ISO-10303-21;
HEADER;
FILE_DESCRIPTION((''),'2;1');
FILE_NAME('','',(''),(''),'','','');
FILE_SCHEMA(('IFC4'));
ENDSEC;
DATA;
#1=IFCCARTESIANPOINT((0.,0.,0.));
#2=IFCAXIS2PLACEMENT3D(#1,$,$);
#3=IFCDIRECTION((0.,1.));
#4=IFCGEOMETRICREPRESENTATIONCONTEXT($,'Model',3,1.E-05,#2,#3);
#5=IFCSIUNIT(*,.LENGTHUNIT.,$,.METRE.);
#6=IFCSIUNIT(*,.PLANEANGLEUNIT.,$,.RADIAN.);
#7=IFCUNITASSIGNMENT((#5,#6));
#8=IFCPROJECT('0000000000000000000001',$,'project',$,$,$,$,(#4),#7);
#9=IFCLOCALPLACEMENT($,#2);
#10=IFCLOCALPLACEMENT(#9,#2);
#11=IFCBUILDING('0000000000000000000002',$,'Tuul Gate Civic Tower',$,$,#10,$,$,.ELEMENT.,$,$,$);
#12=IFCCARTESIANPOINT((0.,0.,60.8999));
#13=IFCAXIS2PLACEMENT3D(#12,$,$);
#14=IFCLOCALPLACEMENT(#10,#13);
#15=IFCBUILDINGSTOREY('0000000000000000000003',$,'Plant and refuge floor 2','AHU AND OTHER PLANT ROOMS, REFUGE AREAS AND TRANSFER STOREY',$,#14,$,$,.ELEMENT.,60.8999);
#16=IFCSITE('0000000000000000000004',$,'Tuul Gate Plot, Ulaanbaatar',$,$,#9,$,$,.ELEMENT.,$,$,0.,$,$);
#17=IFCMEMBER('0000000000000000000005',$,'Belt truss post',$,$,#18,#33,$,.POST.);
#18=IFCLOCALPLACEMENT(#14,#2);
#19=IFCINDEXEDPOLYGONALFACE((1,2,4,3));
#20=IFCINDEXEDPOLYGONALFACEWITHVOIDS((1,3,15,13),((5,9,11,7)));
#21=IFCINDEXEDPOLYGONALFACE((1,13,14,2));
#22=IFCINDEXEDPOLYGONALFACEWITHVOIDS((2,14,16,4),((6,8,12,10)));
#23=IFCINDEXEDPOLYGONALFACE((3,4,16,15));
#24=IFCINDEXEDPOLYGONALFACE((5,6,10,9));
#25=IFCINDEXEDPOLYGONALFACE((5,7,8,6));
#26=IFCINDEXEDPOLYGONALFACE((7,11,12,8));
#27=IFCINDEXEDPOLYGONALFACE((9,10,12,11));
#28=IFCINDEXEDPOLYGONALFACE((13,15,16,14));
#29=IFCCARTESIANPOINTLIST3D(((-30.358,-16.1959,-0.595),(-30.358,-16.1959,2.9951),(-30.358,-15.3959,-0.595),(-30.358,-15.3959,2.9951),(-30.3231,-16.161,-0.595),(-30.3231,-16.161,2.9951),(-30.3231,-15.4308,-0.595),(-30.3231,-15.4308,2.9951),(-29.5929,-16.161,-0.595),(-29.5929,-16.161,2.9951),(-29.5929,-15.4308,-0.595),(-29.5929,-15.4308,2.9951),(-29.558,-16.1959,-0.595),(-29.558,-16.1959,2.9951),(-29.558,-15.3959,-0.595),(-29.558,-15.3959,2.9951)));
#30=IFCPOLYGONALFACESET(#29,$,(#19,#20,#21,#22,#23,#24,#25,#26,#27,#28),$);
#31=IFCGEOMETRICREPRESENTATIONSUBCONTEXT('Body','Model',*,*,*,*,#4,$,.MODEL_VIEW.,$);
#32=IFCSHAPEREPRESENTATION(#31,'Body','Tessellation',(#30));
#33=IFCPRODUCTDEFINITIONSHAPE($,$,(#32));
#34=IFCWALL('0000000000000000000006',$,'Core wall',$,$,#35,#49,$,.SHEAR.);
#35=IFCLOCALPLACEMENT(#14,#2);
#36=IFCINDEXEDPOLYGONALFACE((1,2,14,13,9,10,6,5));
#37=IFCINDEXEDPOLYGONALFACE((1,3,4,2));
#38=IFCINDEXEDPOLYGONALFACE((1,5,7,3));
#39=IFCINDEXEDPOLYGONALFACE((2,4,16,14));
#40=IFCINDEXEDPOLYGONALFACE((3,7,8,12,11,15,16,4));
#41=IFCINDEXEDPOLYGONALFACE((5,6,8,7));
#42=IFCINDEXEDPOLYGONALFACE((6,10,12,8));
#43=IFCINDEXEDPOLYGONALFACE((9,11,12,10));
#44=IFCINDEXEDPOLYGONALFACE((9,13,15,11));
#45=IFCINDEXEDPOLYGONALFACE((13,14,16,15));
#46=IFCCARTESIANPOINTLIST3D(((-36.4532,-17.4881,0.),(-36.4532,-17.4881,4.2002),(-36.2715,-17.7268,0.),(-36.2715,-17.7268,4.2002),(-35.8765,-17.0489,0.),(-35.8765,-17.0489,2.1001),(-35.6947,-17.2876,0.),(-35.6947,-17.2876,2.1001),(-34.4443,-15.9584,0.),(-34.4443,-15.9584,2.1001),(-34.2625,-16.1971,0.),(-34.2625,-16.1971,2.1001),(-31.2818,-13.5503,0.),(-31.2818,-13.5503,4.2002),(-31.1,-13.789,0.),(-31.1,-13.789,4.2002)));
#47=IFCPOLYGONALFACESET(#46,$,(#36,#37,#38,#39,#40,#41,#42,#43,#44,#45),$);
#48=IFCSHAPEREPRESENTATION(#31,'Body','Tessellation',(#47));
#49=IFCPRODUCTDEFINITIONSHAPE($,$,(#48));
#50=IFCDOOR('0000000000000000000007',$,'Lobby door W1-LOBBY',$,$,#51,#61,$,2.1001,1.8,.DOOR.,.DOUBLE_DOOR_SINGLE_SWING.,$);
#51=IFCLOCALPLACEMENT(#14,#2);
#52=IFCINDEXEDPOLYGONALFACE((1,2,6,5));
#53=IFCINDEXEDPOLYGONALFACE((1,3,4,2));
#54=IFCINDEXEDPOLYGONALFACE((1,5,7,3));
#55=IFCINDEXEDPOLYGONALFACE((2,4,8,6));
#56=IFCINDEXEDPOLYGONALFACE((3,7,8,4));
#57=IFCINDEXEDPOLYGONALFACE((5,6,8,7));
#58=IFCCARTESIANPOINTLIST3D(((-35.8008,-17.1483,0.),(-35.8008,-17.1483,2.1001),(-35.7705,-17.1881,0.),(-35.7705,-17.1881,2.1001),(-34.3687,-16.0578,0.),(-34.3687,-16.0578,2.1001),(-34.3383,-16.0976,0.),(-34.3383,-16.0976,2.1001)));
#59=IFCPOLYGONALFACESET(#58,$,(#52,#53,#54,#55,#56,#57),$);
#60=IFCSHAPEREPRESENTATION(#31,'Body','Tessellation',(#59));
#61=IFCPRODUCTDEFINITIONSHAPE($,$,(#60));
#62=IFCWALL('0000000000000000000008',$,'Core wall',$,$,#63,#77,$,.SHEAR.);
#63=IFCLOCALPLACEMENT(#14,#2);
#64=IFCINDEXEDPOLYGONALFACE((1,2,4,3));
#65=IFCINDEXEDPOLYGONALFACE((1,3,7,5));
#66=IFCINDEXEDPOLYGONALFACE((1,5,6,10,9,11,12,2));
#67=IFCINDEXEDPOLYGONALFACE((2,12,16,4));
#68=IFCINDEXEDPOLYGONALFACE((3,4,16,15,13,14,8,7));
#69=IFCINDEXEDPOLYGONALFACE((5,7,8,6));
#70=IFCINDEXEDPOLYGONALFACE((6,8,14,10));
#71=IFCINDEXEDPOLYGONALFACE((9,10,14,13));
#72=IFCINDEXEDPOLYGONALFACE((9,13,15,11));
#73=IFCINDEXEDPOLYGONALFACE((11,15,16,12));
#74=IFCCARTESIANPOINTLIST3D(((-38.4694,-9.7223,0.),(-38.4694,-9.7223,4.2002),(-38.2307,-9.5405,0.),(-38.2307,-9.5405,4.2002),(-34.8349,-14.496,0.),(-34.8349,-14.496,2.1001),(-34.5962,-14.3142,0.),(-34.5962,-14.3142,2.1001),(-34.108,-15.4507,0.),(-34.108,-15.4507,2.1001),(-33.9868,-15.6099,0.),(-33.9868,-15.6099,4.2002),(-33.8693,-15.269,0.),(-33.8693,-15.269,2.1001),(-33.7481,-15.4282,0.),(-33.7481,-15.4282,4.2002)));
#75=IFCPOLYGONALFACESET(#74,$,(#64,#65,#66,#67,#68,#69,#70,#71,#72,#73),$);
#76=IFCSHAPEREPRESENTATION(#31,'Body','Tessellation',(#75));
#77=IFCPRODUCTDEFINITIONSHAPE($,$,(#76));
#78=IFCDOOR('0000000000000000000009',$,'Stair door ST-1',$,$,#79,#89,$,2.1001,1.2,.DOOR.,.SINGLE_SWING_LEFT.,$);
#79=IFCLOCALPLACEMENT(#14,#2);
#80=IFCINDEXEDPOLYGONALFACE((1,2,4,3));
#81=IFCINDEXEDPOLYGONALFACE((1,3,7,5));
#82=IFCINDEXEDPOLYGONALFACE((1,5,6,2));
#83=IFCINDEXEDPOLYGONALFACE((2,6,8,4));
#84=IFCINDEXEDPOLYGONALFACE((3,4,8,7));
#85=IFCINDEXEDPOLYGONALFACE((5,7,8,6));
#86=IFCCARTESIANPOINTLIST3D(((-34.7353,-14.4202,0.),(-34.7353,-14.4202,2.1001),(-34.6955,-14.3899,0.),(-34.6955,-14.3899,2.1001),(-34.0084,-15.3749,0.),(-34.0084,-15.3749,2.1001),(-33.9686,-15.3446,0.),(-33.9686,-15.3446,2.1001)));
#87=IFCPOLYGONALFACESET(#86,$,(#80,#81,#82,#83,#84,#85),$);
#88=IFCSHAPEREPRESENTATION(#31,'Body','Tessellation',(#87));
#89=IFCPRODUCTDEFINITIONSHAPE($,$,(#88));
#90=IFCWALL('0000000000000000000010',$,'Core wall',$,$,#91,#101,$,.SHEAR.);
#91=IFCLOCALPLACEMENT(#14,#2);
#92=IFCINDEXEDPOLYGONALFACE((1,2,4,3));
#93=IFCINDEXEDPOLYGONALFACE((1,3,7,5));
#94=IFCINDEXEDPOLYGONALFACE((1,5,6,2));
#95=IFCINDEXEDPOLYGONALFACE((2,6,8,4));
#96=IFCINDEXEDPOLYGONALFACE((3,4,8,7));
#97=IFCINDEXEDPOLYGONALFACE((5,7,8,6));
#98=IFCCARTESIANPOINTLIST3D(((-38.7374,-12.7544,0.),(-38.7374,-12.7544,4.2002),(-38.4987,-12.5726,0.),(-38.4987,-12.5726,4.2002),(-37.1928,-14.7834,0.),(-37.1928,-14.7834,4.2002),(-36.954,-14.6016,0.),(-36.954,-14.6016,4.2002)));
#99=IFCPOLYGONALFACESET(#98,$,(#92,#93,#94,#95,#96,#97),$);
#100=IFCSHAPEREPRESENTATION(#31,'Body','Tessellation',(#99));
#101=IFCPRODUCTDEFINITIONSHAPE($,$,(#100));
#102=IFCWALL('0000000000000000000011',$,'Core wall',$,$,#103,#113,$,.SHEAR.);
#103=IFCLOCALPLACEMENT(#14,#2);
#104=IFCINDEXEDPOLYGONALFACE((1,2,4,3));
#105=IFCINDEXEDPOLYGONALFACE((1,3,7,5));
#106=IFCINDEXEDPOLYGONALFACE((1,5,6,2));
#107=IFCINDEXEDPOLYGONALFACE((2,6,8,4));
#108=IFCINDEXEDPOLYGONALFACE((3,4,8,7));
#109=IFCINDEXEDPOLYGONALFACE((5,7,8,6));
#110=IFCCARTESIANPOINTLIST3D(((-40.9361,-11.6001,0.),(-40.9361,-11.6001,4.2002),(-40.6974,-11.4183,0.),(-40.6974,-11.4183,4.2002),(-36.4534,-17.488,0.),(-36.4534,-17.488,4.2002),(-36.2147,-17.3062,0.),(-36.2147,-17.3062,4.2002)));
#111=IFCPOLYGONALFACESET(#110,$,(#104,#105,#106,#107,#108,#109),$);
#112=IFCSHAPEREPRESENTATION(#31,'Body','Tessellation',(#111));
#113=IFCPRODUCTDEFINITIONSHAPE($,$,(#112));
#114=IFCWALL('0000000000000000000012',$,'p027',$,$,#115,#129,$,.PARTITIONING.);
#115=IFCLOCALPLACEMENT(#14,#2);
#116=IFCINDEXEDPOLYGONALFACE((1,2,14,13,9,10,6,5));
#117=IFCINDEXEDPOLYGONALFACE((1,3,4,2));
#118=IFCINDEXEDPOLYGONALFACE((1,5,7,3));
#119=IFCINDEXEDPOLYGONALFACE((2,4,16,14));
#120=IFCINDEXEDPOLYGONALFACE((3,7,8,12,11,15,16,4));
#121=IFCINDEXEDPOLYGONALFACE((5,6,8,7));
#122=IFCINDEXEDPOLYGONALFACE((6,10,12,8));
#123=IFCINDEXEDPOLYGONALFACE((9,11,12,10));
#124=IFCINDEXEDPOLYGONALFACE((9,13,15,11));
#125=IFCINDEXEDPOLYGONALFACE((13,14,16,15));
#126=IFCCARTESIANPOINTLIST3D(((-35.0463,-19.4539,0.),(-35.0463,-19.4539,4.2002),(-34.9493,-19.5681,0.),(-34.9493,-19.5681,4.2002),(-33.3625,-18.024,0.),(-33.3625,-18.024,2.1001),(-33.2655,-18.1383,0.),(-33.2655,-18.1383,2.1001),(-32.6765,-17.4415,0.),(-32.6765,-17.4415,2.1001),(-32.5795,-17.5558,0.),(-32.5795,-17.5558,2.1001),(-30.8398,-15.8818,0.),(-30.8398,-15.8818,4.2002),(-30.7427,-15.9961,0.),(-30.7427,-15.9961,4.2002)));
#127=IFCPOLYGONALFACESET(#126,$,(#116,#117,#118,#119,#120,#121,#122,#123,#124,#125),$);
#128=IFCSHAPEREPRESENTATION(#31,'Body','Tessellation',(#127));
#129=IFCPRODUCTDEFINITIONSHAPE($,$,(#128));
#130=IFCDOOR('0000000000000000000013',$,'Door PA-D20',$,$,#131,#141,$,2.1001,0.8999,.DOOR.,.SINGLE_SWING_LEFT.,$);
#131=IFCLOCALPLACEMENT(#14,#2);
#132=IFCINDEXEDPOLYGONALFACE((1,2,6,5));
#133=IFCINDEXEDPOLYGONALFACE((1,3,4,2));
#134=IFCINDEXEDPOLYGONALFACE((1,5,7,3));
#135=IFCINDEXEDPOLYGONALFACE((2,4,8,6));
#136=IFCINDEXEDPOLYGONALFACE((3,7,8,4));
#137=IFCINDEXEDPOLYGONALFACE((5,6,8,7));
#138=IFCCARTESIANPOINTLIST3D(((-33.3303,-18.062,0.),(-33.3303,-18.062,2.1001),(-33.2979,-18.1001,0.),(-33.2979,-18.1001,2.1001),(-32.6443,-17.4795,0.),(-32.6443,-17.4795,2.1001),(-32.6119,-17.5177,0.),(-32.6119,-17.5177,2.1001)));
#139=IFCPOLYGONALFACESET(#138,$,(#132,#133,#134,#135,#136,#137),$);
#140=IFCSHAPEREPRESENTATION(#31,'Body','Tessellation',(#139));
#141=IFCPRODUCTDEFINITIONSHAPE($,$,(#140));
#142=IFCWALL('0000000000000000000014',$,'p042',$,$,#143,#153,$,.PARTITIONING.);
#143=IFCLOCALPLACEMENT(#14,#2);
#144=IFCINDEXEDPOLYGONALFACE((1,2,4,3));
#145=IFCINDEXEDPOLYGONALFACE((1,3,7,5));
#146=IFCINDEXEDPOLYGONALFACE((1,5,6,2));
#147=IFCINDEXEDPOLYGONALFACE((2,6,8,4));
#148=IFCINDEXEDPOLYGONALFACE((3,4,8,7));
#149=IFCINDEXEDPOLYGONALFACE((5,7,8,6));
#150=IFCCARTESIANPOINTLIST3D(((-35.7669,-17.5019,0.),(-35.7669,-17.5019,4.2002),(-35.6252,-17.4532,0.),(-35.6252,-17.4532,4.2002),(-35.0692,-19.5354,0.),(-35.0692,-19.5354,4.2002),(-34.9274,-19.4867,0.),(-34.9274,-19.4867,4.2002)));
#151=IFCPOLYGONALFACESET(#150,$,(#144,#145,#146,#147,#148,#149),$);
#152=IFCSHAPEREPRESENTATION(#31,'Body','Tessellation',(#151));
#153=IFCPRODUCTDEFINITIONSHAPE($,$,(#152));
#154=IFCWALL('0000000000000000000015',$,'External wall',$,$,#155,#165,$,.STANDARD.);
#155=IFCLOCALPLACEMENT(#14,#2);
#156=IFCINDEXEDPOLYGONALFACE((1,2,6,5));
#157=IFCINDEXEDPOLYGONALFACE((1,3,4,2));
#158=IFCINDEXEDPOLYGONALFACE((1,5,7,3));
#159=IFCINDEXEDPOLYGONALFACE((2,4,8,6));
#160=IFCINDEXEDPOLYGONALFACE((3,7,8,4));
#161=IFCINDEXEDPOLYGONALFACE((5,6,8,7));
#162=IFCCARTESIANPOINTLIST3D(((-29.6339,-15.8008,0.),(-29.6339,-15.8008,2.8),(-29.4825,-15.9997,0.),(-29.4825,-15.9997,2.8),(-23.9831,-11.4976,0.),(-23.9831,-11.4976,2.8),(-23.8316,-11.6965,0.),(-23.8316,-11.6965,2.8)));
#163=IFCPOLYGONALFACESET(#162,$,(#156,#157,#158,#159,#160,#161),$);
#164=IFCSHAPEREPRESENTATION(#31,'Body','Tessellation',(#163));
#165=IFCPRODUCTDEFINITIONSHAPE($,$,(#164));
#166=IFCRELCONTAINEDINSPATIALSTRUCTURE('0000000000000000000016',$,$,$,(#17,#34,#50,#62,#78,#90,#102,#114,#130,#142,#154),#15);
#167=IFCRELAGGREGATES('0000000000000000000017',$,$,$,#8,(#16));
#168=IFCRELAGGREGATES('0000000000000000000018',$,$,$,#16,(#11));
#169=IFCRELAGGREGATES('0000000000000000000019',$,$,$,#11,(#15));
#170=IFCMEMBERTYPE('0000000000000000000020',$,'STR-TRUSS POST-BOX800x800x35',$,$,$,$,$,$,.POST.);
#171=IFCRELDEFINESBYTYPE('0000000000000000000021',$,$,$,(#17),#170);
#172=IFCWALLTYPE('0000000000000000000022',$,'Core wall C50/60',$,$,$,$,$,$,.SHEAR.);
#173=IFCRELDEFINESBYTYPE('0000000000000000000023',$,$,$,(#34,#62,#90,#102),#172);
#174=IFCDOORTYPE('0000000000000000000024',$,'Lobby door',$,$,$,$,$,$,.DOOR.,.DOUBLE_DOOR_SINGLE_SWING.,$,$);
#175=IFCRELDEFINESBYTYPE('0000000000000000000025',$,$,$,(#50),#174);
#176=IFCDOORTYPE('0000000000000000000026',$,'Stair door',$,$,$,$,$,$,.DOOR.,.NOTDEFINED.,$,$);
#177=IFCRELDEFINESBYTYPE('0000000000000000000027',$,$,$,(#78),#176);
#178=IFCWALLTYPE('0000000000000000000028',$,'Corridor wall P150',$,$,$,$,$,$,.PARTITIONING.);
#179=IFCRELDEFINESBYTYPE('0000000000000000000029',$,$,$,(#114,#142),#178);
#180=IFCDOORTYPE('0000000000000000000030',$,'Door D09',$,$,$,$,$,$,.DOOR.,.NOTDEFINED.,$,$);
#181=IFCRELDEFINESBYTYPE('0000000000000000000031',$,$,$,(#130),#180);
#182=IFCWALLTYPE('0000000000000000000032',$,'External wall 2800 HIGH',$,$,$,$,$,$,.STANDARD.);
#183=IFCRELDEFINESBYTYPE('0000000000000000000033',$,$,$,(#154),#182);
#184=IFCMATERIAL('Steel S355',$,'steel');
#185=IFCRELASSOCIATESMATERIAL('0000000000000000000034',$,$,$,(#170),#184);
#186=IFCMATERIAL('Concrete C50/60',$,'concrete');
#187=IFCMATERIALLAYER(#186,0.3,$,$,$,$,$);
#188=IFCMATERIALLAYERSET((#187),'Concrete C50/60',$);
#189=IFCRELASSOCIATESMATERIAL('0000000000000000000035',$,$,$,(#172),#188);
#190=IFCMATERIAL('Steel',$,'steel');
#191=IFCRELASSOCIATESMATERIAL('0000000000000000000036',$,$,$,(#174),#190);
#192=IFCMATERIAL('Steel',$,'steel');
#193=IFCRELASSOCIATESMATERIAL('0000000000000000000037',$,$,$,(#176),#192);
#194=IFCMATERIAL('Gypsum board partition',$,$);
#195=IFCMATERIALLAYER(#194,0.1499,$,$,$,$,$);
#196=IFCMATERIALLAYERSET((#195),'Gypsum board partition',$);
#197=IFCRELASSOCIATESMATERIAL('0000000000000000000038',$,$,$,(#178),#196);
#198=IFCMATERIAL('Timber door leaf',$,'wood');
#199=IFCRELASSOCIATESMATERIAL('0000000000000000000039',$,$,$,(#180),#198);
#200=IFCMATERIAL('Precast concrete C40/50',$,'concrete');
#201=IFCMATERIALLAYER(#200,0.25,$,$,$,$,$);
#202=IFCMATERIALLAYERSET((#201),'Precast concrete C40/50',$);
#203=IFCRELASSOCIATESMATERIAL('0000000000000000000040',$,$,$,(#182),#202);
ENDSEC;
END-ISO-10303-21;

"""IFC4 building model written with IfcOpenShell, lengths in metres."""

from ifc_helpers import new_model, si_unit, direction, frame, frame_2d, origin, origin_2d, place, context, subcontext, project, spatial, rectangle, hollow_rectangle, extrude, material, layer, layer_set, material_profile, profile_set, type_object, element, fill, save


model = new_model("IFC4")

# Units and contexts
model_context = context("Model", 3, precision=1e-05, world=origin(), true_north=direction((0.0, 1.0)))
body_context = subcontext(model_context, "Body", "Model", "MODEL_VIEW")
ifc_project = project(units=[si_unit("LENGTHUNIT", "METRE"), si_unit("PLANEANGLEUNIT", "RADIAN")], contexts=[model_context])

# Site, building, storey
site_placement = place(None, origin())
site = spatial("IfcSite", under=ifc_project, at=site_placement, Name="Tuul Gate Plot, Ulaanbaatar", CompositionType="ELEMENT", RefElevation=0.0)
building_placement = place(site_placement, origin())
building = spatial("IfcBuilding", under=site, at=building_placement, Name="Tuul Gate Civic Tower", CompositionType="ELEMENT")
storey_placement = place(building_placement, frame((0.0, 0.0, 60.8999)))
storey = spatial("IfcBuildingStorey", under=building, at=storey_placement, Name="Plant and refuge floor 2", Description="AHU AND OTHER PLANT ROOMS, REFUGE AREAS AND TRANSFER STOREY", CompositionType="ELEMENT", Elevation=60.8999)

# Member
ifc_material_1 = material(Name="Steel S355", Category="steel")
ifc_material_profile_1 = material_profile(ifc_material_1, hollow_rectangle(XDim=0.8, YDim=0.8, WallThickness=0.0349, at=origin_2d()), Name="BOX800x800x35")
ifc_profile_set_1 = profile_set([ifc_material_profile_1], Name="Steel S355")
member_type_1 = type_object("IfcMemberType", Name="STR-TRUSS POST-BOX800x800x35", PredefinedType="POST", material=ifc_profile_set_1)
member_1_placement = place(storey_placement, frame((-29.958, -15.7959, -0.595), z_axis=(0.0, 0.0, 1.0), x_axis=(1.0, 0.0, 0.0)))
element("IfcMember", 1, at=member_1_placement, inside=storey, type_object=member_type_1, Name="Belt truss post", PredefinedType="POST", context=body_context, shape_type="SweptSolid", body=[
    extrude(hollow_rectangle(XDim=0.8, YDim=0.8, WallThickness=0.0349, at=origin_2d()), origin(), (0.0, 0.0, 1.0), 3.5901),
])

# Walls, openings, doors
ifc_material_2 = material(Name="Concrete C50/60", Category="concrete")
ifc_layer_1 = layer(ifc_material_2, 0.3)
ifc_layer_set_1 = layer_set([ifc_layer_1], Name="Concrete C50/60")
wall_type_1 = type_object("IfcWallType", Name="Core wall C50/60", PredefinedType="SHEAR", material=ifc_layer_set_1)
wall_1_placement = place(storey_placement, frame((-31.1909, -13.6697, 0.0), z_axis=(0.0, 0.0, 1.0), x_axis=(-0.795607, -0.605813, 0.0)))
wall_1 = element("IfcWall", 2, at=wall_1_placement, inside=storey, type_object=wall_type_1, Name="Core wall", PredefinedType="SHEAR", context=body_context, shape_type="SweptSolid", body=[
    extrude(rectangle(XDim=6.5, YDim=0.3, at=frame_2d((3.25, 0.0))), origin(), (0.0, 0.0, 1.0), 4.2002),
])
opening_1_placement = place(wall_1_placement, frame((3.9751, 0.0, 0.0)))
opening_1 = element("IfcOpeningElement", 3, at=opening_1_placement, cuts=wall_1, PredefinedType="OPENING", context=body_context, shape_type="SweptSolid", body=[
    extrude(rectangle(XDim=1.8, YDim=2.1001, at=frame_2d((0.8999, 1.05))), frame((0.0, 0.1602, 0.0), z_axis=(0.0, -1.0, 0.0), x_axis=(1.0, 0.0, 0.0)), (0.0, 0.0, 1.0), 0.3201),
])
ifc_material_3 = material(Name="Steel", Category="steel")
door_type_1 = type_object("IfcDoorType", Name="Lobby door", OperationType="DOUBLE_DOOR_SINGLE_SWING", PredefinedType="DOOR", material=ifc_material_3)
door_1_placement = place(opening_1_placement, origin())
door_1 = element("IfcDoor", 4, at=door_1_placement, inside=storey, type_object=door_type_1, Name="Lobby door W1-LOBBY", OperationType="DOUBLE_DOOR_SINGLE_SWING", OverallHeight=2.1001, OverallWidth=1.8, PredefinedType="DOOR", context=body_context, shape_type="SweptSolid", body=[
    extrude(rectangle(XDim=1.8, YDim=2.1001, at=frame_2d((0.8999, 1.05))), frame((0.0, 0.0249, 0.0), z_axis=(0.0, -1.0, 0.0), x_axis=(1.0, 0.0, 0.0)), (0.0, 0.0, 1.0), 0.05),
])
fill(opening_1, door_1)
wall_2_placement = place(storey_placement, frame((-33.8674, -15.519, 0.0), z_axis=(0.0, 0.0, 1.0), x_axis=(-0.60577, 0.79564, 0.0)))
wall_2 = element("IfcWall", 5, at=wall_2_placement, inside=storey, type_object=wall_type_1, Name="Core wall", PredefinedType="SHEAR", context=body_context, shape_type="SweptSolid", body=[
    extrude(rectangle(XDim=7.3999, YDim=0.3, at=frame_2d((3.7, 0.0))), origin(), (0.0, 0.0, 1.0), 4.2002),
])
opening_2_placement = place(wall_2_placement, frame((0.2, 0.0, 0.0)))
opening_2 = element("IfcOpeningElement", 6, at=opening_2_placement, cuts=wall_2, PredefinedType="OPENING", context=body_context, shape_type="SweptSolid", body=[
    extrude(rectangle(XDim=1.2, YDim=2.1001, at=frame_2d((0.6001, 1.05))), frame((0.0, 0.1602, 0.0), z_axis=(0.0, -1.0, 0.0), x_axis=(1.0, 0.0, 0.0)), (0.0, 0.0, 1.0), 0.3201),
])
ifc_material_4 = material(Name="Steel", Category="steel")
door_type_2 = type_object("IfcDoorType", Name="Stair door", OperationType="NOTDEFINED", PredefinedType="DOOR", material=ifc_material_4)
door_2_placement = place(opening_2_placement, origin())
door_2 = element("IfcDoor", 7, at=door_2_placement, inside=storey, type_object=door_type_2, Name="Stair door ST-1", OperationType="SINGLE_SWING_LEFT", OverallHeight=2.1001, OverallWidth=1.2, PredefinedType="DOOR", context=body_context, shape_type="SweptSolid", body=[
    extrude(rectangle(XDim=1.2, YDim=2.1001, at=frame_2d((0.6001, 1.05))), frame((0.0, 0.0249, 0.0), z_axis=(0.0, -1.0, 0.0), x_axis=(1.0, 0.0, 0.0)), (0.0, 0.0, 1.0), 0.05),
])
fill(opening_2, door_2)

# Walls
wall_3_placement = place(storey_placement, frame((-37.0735, -14.6924, 0.0), z_axis=(0.0, 0.0, 1.0), x_axis=(-0.605729, 0.795671, 0.0)))
element("IfcWall", 8, at=wall_3_placement, inside=storey, type_object=wall_type_1, Name="Core wall", PredefinedType="SHEAR", context=body_context, shape_type="SweptSolid", body=[
    extrude(rectangle(XDim=2.55, YDim=0.3, at=frame_2d((1.2749, 0.0))), origin(), (0.0, 0.0, 1.0), 4.2002),
])
wall_4_placement = place(storey_placement, frame((-36.334, -17.3972, 0.0), z_axis=(0.0, 0.0, 1.0), x_axis=(-0.605754, 0.795652, 0.0)))
element("IfcWall", 9, at=wall_4_placement, inside=storey, type_object=wall_type_1, Name="Core wall", PredefinedType="SHEAR", context=body_context, shape_type="SweptSolid", body=[
    extrude(rectangle(XDim=7.4001, YDim=0.3, at=frame_2d((3.7002, 0.0))), origin(), (0.0, 0.0, 1.0), 4.2002),
])

# Wall, opening, door
ifc_material_5 = material(Name="Gypsum board partition")
ifc_layer_2 = layer(ifc_material_5, 0.1499)
ifc_layer_set_2 = layer_set([ifc_layer_2], Name="Gypsum board partition")
wall_type_2 = type_object("IfcWallType", Name="Corridor wall P150", PredefinedType="PARTITIONING", material=ifc_layer_set_2)
wall_5_placement = place(storey_placement, frame((-34.9978, -19.511, 0.0), z_axis=(0.0, 0.0, 1.0), x_axis=(0.762256, 0.647276, 0.0)))
wall_5 = element("IfcWall", 10, at=wall_5_placement, inside=storey, type_object=wall_type_2, Name="p027", PredefinedType="PARTITIONING", context=body_context, shape_type="SweptSolid", body=[
    extrude(rectangle(XDim=5.5186, YDim=0.1499, at=frame_2d((2.7593, 0.0))), origin(), (0.0, 0.0, 1.0), 4.2002),
])
opening_3_placement = place(wall_5_placement, frame((2.209, 0.0, 0.0)))
opening_3 = element("IfcOpeningElement", 11, at=opening_3_placement, cuts=wall_5, PredefinedType="OPENING", context=body_context, shape_type="SweptSolid", body=[
    extrude(rectangle(XDim=0.8999, YDim=2.1001, at=frame_2d((0.45, 1.05))), frame((0.0, 0.085, 0.0), z_axis=(0.0, -1.0, 0.0), x_axis=(1.0, 0.0, 0.0)), (0.0, 0.0, 1.0), 0.1699),
])
ifc_material_6 = material(Name="Timber door leaf", Category="wood")
door_type_3 = type_object("IfcDoorType", Name="Door D09", OperationType="NOTDEFINED", PredefinedType="DOOR", material=ifc_material_6)
door_3_placement = place(opening_3_placement, frame((0.8999, 0.0, 0.0), z_axis=(0.0, 0.0, 1.0), x_axis=(-1.0, 0.0, 0.0)))
door_3 = element("IfcDoor", 12, at=door_3_placement, inside=storey, type_object=door_type_3, Name="Door PA-D20", OperationType="SINGLE_SWING_LEFT", OverallHeight=2.1001, OverallWidth=0.8999, PredefinedType="DOOR", context=body_context, shape_type="SweptSolid", body=[
    extrude(rectangle(XDim=0.8999, YDim=2.1001, at=frame_2d((0.45, 1.05))), frame((0.0, 0.0249, 0.0), z_axis=(0.0, -1.0, 0.0), x_axis=(1.0, 0.0, 0.0)), (0.0, 0.0, 1.0), 0.05),
])
fill(opening_3, door_3)

# Walls
wall_6_placement = place(storey_placement, frame((-35.696, -17.4775, 0.0), z_axis=(0.0, 0.0, 1.0), x_axis=(0.324562, -0.945864, 0.0)))
element("IfcWall", 13, at=wall_6_placement, inside=storey, type_object=wall_type_2, Name="p042", PredefinedType="PARTITIONING", context=body_context, shape_type="SweptSolid", body=[
    extrude(rectangle(XDim=2.1499, YDim=0.1499, at=frame_2d((1.075, 0.0))), origin(), (0.0, 0.0, 1.0), 4.2002),
])
ifc_material_7 = material(Name="Precast concrete C40/50", Category="concrete")
ifc_layer_3 = layer(ifc_material_7, 0.25)
ifc_layer_set_3 = layer_set([ifc_layer_3], Name="Precast concrete C40/50")
wall_type_3 = type_object("IfcWallType", Name="External wall 2800 HIGH", PredefinedType="STANDARD", material=ifc_layer_set_3)
wall_7_placement = place(storey_placement, frame((-29.5581, -15.9001, 0.0), z_axis=(0.0, 0.0, 1.0), x_axis=(0.795582, 0.605846, 0.0)))
element("IfcWall", 14, at=wall_7_placement, inside=storey, type_object=wall_type_3, Name="External wall", PredefinedType="STANDARD", context=body_context, shape_type="SweptSolid", body=[
    extrude(rectangle(XDim=7.1028, YDim=0.25, at=frame_2d((3.5513, 0.0))), origin(), (0.0, 0.0, 1.0), 2.8),
])

save(model, "model.ifc")
